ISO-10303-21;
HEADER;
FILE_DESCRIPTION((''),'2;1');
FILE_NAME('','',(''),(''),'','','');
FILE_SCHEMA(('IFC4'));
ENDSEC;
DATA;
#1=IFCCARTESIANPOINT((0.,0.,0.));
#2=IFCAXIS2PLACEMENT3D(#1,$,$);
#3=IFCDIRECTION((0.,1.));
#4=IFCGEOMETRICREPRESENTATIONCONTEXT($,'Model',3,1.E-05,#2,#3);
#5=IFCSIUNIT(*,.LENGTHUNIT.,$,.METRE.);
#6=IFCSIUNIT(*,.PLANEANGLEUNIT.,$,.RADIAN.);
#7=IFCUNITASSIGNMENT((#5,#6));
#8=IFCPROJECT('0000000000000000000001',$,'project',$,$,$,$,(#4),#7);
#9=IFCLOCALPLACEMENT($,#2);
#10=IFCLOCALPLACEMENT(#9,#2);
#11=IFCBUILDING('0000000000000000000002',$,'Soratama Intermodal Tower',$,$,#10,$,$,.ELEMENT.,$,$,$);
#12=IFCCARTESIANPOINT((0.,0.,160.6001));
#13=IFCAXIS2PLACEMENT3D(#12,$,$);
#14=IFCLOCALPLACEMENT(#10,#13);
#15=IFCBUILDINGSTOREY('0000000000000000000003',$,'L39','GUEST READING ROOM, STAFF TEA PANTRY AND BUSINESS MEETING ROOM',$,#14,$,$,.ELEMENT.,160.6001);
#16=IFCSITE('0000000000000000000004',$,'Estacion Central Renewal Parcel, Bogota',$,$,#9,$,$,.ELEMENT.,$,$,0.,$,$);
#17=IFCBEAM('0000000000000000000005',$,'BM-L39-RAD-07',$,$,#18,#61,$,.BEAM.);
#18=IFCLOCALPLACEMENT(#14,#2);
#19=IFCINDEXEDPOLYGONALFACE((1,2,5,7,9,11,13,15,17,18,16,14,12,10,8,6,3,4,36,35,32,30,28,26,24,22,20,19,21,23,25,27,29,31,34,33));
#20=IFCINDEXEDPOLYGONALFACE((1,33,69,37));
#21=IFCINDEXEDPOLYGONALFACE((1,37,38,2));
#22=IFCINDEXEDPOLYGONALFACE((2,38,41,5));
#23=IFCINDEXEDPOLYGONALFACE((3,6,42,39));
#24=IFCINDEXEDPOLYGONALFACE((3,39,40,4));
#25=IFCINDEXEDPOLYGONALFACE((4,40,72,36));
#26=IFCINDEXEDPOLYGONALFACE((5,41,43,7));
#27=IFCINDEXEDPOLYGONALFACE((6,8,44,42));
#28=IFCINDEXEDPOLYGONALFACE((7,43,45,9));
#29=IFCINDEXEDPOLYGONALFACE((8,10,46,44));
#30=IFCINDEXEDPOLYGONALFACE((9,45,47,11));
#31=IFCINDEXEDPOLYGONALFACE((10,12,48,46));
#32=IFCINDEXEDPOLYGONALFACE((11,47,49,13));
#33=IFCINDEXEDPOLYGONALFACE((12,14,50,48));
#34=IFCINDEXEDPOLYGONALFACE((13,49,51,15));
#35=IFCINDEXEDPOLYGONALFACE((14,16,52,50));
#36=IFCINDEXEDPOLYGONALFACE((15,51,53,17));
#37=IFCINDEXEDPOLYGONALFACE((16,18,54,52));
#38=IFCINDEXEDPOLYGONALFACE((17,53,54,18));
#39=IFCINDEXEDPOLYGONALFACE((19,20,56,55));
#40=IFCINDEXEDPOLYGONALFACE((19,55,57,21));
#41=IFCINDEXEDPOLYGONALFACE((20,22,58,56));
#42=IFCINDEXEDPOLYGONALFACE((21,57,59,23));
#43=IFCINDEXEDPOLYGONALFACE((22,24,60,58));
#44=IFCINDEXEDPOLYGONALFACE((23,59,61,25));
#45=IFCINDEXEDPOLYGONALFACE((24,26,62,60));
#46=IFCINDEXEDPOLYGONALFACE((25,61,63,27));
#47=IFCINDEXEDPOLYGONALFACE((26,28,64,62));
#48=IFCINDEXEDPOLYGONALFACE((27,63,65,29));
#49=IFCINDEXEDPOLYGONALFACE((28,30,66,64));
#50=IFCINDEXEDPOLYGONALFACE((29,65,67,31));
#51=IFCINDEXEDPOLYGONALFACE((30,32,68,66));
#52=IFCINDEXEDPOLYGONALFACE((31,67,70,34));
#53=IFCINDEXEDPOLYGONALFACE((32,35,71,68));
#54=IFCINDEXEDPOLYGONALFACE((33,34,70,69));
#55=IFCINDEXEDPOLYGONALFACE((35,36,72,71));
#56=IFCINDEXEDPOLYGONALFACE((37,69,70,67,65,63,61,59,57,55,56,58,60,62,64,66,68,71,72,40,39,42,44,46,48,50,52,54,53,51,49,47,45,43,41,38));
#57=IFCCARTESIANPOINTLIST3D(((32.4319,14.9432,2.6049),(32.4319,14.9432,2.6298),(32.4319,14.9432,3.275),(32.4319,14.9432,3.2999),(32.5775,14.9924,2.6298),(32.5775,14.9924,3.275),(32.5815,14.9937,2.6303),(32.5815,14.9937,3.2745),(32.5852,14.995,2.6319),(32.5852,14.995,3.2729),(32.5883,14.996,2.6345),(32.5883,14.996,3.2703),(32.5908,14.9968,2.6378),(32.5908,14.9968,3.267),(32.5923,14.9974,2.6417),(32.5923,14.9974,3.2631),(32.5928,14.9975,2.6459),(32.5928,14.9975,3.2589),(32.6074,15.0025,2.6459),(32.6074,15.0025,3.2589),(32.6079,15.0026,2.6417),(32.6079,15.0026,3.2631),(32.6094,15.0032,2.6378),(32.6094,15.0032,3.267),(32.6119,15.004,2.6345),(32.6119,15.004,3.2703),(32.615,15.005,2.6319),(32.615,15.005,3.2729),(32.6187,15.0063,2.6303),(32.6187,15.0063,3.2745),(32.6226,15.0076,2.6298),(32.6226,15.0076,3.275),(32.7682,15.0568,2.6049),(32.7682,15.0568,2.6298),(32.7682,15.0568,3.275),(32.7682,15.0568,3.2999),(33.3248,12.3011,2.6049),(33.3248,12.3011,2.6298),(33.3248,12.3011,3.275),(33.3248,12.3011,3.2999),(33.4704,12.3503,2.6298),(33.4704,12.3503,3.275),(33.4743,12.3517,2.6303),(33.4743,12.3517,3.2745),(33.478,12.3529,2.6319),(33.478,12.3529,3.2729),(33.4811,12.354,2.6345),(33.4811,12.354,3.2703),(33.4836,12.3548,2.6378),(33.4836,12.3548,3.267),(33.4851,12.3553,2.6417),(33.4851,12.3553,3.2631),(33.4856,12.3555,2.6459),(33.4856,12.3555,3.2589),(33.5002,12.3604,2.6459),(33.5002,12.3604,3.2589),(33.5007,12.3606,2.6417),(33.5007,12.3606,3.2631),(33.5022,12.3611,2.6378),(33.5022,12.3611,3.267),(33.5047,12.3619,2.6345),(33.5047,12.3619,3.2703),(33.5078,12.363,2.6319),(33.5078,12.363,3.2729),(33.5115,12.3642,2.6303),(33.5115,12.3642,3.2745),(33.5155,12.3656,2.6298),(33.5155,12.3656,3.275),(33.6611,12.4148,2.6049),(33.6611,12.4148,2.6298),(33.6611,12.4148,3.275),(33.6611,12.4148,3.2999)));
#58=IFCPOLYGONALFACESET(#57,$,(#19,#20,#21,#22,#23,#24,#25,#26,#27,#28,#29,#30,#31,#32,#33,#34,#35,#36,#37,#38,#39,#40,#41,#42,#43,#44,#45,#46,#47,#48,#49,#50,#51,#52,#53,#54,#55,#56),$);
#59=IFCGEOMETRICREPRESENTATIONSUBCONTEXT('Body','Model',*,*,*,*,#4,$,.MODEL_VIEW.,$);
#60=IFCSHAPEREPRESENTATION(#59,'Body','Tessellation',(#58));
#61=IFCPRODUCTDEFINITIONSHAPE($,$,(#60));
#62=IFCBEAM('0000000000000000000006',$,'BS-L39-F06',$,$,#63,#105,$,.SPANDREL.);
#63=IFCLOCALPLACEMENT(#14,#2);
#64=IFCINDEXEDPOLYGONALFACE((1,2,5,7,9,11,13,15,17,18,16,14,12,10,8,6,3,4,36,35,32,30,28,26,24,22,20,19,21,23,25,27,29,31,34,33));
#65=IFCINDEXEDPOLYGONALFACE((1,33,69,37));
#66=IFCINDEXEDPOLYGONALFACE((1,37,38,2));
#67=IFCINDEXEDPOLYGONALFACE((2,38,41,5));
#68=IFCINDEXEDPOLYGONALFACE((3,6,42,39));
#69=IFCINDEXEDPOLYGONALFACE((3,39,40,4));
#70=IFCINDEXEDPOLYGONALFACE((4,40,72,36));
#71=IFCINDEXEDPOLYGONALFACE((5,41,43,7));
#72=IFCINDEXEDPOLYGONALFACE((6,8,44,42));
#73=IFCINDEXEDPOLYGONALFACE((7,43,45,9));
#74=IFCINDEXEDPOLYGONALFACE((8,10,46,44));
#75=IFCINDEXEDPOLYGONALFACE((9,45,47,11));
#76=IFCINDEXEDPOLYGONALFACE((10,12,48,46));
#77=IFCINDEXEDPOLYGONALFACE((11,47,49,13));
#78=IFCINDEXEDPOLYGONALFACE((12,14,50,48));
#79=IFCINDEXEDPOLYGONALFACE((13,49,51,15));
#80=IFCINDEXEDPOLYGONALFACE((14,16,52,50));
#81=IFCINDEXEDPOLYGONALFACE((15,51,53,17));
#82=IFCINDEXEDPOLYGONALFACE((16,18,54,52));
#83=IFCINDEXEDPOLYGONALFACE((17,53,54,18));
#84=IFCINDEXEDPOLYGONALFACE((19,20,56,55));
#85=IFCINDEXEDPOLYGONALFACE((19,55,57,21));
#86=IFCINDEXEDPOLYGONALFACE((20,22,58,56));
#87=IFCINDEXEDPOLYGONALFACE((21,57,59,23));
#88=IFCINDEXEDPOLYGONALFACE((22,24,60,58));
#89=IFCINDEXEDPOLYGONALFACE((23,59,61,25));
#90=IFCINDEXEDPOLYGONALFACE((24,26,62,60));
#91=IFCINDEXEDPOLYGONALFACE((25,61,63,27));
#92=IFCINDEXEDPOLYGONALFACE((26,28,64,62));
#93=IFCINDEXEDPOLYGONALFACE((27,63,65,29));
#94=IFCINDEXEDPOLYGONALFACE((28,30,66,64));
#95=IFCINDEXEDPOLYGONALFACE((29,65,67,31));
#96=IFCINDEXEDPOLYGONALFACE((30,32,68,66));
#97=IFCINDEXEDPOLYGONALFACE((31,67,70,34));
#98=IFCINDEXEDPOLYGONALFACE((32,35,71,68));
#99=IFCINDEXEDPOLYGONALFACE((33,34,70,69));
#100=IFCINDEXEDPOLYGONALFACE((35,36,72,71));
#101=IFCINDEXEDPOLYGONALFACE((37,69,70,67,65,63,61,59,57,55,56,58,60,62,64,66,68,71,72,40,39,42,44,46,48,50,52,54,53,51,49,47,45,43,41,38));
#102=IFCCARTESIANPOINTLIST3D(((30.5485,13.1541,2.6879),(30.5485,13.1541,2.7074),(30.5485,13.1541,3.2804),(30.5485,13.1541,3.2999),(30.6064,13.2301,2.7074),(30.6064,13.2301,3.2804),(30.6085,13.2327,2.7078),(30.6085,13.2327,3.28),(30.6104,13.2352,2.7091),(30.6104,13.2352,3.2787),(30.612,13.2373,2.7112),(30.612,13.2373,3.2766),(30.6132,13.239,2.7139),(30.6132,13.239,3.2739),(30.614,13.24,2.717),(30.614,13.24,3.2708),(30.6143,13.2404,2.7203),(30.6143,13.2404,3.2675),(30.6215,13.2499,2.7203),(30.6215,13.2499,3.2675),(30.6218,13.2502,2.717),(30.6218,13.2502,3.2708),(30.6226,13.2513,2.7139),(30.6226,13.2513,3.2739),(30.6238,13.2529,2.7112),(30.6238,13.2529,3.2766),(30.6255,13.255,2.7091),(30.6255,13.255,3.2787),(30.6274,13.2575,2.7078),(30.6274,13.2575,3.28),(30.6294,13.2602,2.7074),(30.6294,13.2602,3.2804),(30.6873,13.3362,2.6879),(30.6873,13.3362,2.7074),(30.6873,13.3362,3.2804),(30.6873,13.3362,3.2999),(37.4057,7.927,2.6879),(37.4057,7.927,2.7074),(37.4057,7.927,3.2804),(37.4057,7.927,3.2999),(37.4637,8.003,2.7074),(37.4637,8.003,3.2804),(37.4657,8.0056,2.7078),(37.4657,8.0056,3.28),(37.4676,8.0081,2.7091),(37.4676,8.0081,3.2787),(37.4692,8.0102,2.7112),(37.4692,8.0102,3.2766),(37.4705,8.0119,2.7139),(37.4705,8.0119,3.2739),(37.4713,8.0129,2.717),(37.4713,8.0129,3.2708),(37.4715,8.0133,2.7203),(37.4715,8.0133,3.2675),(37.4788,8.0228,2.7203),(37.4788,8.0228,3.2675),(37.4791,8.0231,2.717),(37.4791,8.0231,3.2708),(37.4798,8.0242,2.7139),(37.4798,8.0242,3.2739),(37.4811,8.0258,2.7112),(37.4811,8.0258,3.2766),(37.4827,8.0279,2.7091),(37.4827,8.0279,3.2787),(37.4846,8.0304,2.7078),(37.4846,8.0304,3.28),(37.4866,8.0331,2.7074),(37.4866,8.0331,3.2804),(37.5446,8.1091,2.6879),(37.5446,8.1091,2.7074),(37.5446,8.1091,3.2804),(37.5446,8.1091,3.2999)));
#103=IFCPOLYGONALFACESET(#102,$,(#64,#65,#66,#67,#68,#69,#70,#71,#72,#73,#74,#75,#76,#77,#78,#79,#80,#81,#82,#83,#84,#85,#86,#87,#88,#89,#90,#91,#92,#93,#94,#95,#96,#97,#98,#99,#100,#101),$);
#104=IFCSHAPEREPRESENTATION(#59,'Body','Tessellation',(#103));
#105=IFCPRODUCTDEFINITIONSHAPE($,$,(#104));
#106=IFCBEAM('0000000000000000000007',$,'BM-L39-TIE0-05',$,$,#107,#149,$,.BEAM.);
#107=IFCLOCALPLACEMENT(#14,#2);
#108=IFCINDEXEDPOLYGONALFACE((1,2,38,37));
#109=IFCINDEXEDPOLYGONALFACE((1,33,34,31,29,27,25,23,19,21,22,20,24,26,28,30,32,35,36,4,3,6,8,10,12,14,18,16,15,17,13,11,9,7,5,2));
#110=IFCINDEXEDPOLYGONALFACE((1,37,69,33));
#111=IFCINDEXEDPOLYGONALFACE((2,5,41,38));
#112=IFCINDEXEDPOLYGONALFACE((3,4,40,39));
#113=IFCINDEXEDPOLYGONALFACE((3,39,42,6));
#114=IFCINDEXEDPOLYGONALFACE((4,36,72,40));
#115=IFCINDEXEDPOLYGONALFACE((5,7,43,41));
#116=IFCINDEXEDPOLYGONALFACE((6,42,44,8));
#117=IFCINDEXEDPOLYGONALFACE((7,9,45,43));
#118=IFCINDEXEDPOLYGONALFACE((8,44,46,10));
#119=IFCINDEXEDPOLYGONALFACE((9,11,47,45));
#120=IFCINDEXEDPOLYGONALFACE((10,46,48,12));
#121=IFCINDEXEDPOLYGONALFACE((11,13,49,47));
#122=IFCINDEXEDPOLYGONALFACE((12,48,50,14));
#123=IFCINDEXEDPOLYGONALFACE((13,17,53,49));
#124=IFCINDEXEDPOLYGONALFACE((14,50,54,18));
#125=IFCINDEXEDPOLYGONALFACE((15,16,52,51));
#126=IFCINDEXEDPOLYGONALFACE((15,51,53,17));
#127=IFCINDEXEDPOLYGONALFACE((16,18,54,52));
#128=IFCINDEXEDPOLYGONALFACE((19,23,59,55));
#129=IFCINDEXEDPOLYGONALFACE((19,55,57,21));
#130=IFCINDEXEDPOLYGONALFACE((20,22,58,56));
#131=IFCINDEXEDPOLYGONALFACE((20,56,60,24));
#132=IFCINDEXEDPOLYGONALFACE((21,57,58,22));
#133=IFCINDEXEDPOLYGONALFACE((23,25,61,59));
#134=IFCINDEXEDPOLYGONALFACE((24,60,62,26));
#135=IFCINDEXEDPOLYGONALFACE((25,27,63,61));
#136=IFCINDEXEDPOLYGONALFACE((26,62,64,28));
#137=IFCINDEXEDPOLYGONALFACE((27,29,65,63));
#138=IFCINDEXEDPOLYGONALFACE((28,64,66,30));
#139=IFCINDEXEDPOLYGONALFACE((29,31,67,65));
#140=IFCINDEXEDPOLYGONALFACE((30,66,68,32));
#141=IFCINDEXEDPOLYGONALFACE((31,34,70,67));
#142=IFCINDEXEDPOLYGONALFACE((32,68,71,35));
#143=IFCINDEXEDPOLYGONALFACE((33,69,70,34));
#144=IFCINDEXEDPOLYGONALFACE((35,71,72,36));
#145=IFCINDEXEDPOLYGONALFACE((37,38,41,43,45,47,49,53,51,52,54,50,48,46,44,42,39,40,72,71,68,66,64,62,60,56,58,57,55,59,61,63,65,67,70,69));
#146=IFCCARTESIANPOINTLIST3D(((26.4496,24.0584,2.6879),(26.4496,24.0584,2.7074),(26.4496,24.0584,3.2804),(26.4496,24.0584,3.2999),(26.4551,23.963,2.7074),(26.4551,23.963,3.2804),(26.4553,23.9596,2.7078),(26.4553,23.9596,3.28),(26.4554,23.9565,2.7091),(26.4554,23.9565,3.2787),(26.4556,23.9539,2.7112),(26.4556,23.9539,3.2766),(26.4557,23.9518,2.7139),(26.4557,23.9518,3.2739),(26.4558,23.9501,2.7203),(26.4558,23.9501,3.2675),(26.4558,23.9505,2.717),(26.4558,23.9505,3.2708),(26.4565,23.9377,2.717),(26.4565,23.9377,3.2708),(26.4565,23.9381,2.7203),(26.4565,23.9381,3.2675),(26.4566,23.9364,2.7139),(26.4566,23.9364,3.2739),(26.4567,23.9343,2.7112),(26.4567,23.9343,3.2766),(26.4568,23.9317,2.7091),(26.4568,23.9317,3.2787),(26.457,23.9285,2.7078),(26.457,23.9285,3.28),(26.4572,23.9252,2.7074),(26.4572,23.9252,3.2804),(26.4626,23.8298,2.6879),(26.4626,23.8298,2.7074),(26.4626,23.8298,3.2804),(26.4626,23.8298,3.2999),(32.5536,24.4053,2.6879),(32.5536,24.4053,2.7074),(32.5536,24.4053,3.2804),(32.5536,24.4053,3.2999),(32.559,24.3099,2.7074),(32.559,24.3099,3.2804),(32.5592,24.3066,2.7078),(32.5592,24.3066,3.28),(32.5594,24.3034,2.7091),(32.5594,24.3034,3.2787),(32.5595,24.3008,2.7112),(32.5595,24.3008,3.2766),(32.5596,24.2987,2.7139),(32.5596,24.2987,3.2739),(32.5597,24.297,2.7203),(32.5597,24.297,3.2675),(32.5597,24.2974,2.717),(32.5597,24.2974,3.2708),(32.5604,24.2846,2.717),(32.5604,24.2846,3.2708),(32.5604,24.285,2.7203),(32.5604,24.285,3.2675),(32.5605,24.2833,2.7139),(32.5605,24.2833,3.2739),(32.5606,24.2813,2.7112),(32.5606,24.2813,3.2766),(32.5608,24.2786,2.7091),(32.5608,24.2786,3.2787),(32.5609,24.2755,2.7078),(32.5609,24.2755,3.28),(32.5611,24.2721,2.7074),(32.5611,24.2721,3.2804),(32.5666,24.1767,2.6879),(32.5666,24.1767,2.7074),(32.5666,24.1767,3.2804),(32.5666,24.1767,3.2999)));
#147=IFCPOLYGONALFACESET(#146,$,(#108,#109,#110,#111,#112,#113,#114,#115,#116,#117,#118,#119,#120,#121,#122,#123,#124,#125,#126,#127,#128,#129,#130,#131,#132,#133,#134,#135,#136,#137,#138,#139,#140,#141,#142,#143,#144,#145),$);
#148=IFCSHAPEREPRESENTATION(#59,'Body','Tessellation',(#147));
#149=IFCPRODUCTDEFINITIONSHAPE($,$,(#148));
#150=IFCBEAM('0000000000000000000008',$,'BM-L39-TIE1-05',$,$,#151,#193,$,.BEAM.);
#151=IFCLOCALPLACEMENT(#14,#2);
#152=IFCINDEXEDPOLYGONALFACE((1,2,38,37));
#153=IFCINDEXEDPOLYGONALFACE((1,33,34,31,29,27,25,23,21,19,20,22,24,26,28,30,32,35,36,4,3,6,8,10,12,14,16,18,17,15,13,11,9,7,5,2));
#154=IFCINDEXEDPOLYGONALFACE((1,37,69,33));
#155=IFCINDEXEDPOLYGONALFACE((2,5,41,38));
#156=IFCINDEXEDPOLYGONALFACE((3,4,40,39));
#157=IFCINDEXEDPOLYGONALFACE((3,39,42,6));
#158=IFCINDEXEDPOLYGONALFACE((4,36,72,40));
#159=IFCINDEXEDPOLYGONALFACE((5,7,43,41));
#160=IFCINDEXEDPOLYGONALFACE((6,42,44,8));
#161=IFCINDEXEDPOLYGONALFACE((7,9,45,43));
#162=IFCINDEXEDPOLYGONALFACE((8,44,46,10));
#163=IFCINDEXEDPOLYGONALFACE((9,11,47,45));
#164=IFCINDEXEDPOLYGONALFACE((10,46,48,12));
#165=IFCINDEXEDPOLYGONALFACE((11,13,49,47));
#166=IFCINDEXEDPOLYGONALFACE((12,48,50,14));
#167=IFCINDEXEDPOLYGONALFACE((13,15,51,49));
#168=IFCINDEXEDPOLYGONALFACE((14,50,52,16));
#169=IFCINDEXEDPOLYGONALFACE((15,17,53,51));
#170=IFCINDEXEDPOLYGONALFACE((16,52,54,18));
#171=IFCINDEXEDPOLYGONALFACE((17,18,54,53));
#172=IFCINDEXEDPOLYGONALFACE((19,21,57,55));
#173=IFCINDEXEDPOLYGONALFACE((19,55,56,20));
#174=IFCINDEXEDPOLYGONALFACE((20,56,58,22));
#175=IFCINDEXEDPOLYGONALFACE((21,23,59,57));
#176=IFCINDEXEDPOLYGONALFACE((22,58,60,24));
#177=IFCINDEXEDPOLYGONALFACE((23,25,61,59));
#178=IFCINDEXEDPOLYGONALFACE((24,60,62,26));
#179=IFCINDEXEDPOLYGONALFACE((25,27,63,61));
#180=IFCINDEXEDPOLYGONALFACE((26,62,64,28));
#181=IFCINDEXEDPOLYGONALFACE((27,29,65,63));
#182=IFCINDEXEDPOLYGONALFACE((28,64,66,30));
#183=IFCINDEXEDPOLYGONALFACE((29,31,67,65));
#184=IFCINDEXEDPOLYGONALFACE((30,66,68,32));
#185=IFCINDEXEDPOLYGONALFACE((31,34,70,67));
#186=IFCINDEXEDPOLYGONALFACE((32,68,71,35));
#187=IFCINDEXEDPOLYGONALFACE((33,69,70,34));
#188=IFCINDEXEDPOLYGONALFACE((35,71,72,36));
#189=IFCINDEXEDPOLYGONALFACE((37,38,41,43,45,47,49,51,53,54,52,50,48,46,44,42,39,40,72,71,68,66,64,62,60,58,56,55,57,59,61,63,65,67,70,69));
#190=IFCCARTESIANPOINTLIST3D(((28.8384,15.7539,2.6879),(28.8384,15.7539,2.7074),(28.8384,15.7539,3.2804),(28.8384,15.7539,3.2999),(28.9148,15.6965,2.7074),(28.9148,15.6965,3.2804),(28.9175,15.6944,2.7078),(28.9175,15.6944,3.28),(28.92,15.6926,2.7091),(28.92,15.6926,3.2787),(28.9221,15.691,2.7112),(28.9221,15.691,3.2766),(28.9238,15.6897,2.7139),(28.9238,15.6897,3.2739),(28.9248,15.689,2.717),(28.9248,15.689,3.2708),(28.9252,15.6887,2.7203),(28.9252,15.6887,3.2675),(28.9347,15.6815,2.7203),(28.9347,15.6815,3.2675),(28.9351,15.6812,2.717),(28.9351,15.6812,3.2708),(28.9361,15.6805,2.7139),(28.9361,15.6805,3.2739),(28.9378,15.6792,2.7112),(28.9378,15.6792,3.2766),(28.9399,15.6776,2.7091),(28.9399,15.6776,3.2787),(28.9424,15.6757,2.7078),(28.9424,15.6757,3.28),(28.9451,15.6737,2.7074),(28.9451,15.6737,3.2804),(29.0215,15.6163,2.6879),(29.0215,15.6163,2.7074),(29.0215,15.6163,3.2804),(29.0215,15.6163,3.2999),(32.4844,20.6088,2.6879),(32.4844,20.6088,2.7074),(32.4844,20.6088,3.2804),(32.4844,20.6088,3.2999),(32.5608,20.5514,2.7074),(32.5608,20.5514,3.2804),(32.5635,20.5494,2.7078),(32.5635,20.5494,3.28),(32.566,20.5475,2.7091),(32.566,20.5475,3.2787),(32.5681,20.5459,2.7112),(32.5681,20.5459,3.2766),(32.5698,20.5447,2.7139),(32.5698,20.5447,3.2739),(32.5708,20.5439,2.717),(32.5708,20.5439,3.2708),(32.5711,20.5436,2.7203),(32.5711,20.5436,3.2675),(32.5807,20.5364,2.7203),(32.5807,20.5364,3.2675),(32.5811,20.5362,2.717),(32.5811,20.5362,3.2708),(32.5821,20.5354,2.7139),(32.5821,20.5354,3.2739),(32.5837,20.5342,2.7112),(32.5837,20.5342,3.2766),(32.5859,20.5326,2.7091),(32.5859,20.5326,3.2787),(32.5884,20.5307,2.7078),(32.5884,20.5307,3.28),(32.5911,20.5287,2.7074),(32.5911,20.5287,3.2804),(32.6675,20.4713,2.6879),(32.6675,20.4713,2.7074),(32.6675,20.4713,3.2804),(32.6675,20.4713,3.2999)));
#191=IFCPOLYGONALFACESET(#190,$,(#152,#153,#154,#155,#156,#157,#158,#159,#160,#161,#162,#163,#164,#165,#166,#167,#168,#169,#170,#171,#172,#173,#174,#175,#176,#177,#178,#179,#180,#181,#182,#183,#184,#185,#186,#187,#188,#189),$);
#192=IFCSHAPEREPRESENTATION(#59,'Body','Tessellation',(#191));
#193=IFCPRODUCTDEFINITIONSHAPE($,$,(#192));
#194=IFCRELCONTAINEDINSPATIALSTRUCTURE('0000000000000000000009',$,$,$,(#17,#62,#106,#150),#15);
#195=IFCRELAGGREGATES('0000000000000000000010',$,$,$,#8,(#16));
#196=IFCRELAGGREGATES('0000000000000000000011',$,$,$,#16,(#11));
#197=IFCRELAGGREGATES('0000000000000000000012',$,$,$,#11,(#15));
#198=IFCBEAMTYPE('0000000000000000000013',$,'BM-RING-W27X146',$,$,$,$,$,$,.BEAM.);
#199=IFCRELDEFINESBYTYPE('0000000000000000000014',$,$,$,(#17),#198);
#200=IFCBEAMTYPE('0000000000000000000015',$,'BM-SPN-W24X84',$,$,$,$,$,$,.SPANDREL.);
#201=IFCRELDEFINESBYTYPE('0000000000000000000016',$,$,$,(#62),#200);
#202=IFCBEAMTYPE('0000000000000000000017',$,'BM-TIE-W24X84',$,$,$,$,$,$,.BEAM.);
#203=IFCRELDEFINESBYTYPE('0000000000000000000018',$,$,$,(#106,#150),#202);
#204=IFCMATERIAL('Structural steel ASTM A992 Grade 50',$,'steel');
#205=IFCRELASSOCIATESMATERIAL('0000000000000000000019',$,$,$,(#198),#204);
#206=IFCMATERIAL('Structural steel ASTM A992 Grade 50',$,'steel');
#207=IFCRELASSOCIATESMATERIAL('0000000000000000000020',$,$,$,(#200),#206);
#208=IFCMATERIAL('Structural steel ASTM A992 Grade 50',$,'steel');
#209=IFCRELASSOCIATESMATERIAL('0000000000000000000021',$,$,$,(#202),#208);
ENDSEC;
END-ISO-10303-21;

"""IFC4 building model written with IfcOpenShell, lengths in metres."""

from ifc_helpers import new_model, si_unit, direction, frame, origin, origin_2d, place, context, subcontext, project, spatial, i_section, extrude, material, material_profile, profile_set, type_object, element, save


model = new_model("IFC4")

# Units and contexts
model_context = context("Model", 3, precision=1e-05, world=origin(), true_north=direction((0.0, 1.0)))
body_context = subcontext(model_context, "Body", "Model", "MODEL_VIEW")
ifc_project = project(units=[si_unit("LENGTHUNIT", "METRE"), si_unit("PLANEANGLEUNIT", "RADIAN")], contexts=[model_context])

# Site, building, storey
site_placement = place(None, origin())
site = spatial("IfcSite", under=ifc_project, at=site_placement, Name="Estacion Central Renewal Parcel, Bogota", CompositionType="ELEMENT", RefElevation=0.0)
building_placement = place(site_placement, origin())
building = spatial("IfcBuilding", under=site, at=building_placement, Name="Soratama Intermodal Tower", CompositionType="ELEMENT")
storey_placement = place(building_placement, frame((0.0, 0.0, 160.6001)))
storey = spatial("IfcBuildingStorey", under=building, at=storey_placement, Name="L39", Description="GUEST READING ROOM, STAFF TEA PANTRY AND BUSINESS MEETING ROOM", CompositionType="ELEMENT", Elevation=160.6001)

# Beams
ifc_material_1 = material(Name="Structural steel ASTM A992 Grade 50", Category="steel")
ifc_material_profile_1 = material_profile(ifc_material_1, i_section(OverallWidth=0.355, OverallDepth=0.6951, WebThickness=0.0154, FlangeThickness=0.0249, FilletRadius=0.0161, at=origin_2d()), Name="W27X146")
ifc_profile_set_1 = profile_set([ifc_material_profile_1], Name="Structural steel ASTM A992 Grade 50")
beam_type_1 = type_object("IfcBeamType", Name="BM-RING-W27X146", PredefinedType="BEAM", material=ifc_profile_set_1)
beam_1_placement = place(storey_placement, frame((32.6001, 15.0, 2.9524), z_axis=(0.320138, -0.947371, 0.0), x_axis=(0.947371, 0.320138, 0.0)))
element("IfcBeam", 1, at=beam_1_placement, inside=storey, type_object=beam_type_1, Name="BM-L39-RAD-07", PredefinedType="BEAM", context=body_context, shape_type="SweptSolid", body=[
    extrude(i_section(OverallWidth=0.355, OverallDepth=0.6951, WebThickness=0.0154, FlangeThickness=0.0249, FilletRadius=0.0161, at=origin_2d()), origin(), (0.0, 0.0, 1.0), 2.7888),
])
ifc_material_2 = material(Name="Structural steel ASTM A992 Grade 50", Category="steel")
ifc_material_profile_2 = material_profile(ifc_material_2, i_section(OverallWidth=0.229, OverallDepth=0.6121, WebThickness=0.012, FlangeThickness=0.0195, FilletRadius=0.0129, at=origin_2d()), Name="W24X84")
ifc_profile_set_2 = profile_set([ifc_material_profile_2], Name="Structural steel ASTM A992 Grade 50")
beam_type_2 = type_object("IfcBeamType", Name="BM-SPN-W24X84", PredefinedType="SPANDREL", material=ifc_profile_set_2)
beam_2_placement = place(storey_placement, frame((30.6179, 13.2451, 2.9939), z_axis=(0.79529, -0.606229, 0.0), x_axis=(0.606229, 0.79529, 0.0)))
element("IfcBeam", 2, at=beam_2_placement, inside=storey, type_object=beam_type_2, Name="BS-L39-F06", PredefinedType="SPANDREL", context=body_context, shape_type="SweptSolid", body=[
    extrude(i_section(OverallWidth=0.229, OverallDepth=0.6121, WebThickness=0.012, FlangeThickness=0.0195, FilletRadius=0.0129, at=origin_2d()), origin(), (0.0, 0.0, 1.0), 8.6223),
])
ifc_material_3 = material(Name="Structural steel ASTM A992 Grade 50", Category="steel")
ifc_material_profile_3 = material_profile(ifc_material_3, i_section(OverallWidth=0.229, OverallDepth=0.6121, WebThickness=0.012, FlangeThickness=0.0195, FilletRadius=0.0129, at=origin_2d()), Name="W24X84")
ifc_profile_set_3 = profile_set([ifc_material_profile_3], Name="Structural steel ASTM A992 Grade 50")
beam_type_3 = type_object("IfcBeamType", Name="BM-TIE-W24X84", PredefinedType="BEAM", material=ifc_profile_set_3)
beam_3_placement = place(storey_placement, frame((32.5601, 24.291, 2.9939), z_axis=(-0.998389, -0.056744, 0.0), x_axis=(0.056744, -0.998389, 0.0)))
element("IfcBeam", 3, at=beam_3_placement, inside=storey, type_object=beam_type_3, Name="BM-L39-TIE0-05", PredefinedType="BEAM", context=body_context, shape_type="SweptSolid", body=[
    extrude(i_section(OverallWidth=0.229, OverallDepth=0.6121, WebThickness=0.012, FlangeThickness=0.0195, FilletRadius=0.0129, at=origin_2d()), origin(), (0.0, 0.0, 1.0), 6.1138),
])
beam_4_placement = place(storey_placement, frame((32.5759, 20.54, 2.9939), z_axis=(-0.600502, -0.799623, 0.0), x_axis=(0.799623, -0.600502, 0.0)))
element("IfcBeam", 4, at=beam_4_placement, inside=storey, type_object=beam_type_3, Name="BM-L39-TIE1-05", PredefinedType="BEAM", context=body_context, shape_type="SweptSolid", body=[
    extrude(i_section(OverallWidth=0.229, OverallDepth=0.6121, WebThickness=0.012, FlangeThickness=0.0195, FilletRadius=0.0129, at=origin_2d()), origin(), (0.0, 0.0, 1.0), 6.0715),
])

save(model, "model.ifc")
